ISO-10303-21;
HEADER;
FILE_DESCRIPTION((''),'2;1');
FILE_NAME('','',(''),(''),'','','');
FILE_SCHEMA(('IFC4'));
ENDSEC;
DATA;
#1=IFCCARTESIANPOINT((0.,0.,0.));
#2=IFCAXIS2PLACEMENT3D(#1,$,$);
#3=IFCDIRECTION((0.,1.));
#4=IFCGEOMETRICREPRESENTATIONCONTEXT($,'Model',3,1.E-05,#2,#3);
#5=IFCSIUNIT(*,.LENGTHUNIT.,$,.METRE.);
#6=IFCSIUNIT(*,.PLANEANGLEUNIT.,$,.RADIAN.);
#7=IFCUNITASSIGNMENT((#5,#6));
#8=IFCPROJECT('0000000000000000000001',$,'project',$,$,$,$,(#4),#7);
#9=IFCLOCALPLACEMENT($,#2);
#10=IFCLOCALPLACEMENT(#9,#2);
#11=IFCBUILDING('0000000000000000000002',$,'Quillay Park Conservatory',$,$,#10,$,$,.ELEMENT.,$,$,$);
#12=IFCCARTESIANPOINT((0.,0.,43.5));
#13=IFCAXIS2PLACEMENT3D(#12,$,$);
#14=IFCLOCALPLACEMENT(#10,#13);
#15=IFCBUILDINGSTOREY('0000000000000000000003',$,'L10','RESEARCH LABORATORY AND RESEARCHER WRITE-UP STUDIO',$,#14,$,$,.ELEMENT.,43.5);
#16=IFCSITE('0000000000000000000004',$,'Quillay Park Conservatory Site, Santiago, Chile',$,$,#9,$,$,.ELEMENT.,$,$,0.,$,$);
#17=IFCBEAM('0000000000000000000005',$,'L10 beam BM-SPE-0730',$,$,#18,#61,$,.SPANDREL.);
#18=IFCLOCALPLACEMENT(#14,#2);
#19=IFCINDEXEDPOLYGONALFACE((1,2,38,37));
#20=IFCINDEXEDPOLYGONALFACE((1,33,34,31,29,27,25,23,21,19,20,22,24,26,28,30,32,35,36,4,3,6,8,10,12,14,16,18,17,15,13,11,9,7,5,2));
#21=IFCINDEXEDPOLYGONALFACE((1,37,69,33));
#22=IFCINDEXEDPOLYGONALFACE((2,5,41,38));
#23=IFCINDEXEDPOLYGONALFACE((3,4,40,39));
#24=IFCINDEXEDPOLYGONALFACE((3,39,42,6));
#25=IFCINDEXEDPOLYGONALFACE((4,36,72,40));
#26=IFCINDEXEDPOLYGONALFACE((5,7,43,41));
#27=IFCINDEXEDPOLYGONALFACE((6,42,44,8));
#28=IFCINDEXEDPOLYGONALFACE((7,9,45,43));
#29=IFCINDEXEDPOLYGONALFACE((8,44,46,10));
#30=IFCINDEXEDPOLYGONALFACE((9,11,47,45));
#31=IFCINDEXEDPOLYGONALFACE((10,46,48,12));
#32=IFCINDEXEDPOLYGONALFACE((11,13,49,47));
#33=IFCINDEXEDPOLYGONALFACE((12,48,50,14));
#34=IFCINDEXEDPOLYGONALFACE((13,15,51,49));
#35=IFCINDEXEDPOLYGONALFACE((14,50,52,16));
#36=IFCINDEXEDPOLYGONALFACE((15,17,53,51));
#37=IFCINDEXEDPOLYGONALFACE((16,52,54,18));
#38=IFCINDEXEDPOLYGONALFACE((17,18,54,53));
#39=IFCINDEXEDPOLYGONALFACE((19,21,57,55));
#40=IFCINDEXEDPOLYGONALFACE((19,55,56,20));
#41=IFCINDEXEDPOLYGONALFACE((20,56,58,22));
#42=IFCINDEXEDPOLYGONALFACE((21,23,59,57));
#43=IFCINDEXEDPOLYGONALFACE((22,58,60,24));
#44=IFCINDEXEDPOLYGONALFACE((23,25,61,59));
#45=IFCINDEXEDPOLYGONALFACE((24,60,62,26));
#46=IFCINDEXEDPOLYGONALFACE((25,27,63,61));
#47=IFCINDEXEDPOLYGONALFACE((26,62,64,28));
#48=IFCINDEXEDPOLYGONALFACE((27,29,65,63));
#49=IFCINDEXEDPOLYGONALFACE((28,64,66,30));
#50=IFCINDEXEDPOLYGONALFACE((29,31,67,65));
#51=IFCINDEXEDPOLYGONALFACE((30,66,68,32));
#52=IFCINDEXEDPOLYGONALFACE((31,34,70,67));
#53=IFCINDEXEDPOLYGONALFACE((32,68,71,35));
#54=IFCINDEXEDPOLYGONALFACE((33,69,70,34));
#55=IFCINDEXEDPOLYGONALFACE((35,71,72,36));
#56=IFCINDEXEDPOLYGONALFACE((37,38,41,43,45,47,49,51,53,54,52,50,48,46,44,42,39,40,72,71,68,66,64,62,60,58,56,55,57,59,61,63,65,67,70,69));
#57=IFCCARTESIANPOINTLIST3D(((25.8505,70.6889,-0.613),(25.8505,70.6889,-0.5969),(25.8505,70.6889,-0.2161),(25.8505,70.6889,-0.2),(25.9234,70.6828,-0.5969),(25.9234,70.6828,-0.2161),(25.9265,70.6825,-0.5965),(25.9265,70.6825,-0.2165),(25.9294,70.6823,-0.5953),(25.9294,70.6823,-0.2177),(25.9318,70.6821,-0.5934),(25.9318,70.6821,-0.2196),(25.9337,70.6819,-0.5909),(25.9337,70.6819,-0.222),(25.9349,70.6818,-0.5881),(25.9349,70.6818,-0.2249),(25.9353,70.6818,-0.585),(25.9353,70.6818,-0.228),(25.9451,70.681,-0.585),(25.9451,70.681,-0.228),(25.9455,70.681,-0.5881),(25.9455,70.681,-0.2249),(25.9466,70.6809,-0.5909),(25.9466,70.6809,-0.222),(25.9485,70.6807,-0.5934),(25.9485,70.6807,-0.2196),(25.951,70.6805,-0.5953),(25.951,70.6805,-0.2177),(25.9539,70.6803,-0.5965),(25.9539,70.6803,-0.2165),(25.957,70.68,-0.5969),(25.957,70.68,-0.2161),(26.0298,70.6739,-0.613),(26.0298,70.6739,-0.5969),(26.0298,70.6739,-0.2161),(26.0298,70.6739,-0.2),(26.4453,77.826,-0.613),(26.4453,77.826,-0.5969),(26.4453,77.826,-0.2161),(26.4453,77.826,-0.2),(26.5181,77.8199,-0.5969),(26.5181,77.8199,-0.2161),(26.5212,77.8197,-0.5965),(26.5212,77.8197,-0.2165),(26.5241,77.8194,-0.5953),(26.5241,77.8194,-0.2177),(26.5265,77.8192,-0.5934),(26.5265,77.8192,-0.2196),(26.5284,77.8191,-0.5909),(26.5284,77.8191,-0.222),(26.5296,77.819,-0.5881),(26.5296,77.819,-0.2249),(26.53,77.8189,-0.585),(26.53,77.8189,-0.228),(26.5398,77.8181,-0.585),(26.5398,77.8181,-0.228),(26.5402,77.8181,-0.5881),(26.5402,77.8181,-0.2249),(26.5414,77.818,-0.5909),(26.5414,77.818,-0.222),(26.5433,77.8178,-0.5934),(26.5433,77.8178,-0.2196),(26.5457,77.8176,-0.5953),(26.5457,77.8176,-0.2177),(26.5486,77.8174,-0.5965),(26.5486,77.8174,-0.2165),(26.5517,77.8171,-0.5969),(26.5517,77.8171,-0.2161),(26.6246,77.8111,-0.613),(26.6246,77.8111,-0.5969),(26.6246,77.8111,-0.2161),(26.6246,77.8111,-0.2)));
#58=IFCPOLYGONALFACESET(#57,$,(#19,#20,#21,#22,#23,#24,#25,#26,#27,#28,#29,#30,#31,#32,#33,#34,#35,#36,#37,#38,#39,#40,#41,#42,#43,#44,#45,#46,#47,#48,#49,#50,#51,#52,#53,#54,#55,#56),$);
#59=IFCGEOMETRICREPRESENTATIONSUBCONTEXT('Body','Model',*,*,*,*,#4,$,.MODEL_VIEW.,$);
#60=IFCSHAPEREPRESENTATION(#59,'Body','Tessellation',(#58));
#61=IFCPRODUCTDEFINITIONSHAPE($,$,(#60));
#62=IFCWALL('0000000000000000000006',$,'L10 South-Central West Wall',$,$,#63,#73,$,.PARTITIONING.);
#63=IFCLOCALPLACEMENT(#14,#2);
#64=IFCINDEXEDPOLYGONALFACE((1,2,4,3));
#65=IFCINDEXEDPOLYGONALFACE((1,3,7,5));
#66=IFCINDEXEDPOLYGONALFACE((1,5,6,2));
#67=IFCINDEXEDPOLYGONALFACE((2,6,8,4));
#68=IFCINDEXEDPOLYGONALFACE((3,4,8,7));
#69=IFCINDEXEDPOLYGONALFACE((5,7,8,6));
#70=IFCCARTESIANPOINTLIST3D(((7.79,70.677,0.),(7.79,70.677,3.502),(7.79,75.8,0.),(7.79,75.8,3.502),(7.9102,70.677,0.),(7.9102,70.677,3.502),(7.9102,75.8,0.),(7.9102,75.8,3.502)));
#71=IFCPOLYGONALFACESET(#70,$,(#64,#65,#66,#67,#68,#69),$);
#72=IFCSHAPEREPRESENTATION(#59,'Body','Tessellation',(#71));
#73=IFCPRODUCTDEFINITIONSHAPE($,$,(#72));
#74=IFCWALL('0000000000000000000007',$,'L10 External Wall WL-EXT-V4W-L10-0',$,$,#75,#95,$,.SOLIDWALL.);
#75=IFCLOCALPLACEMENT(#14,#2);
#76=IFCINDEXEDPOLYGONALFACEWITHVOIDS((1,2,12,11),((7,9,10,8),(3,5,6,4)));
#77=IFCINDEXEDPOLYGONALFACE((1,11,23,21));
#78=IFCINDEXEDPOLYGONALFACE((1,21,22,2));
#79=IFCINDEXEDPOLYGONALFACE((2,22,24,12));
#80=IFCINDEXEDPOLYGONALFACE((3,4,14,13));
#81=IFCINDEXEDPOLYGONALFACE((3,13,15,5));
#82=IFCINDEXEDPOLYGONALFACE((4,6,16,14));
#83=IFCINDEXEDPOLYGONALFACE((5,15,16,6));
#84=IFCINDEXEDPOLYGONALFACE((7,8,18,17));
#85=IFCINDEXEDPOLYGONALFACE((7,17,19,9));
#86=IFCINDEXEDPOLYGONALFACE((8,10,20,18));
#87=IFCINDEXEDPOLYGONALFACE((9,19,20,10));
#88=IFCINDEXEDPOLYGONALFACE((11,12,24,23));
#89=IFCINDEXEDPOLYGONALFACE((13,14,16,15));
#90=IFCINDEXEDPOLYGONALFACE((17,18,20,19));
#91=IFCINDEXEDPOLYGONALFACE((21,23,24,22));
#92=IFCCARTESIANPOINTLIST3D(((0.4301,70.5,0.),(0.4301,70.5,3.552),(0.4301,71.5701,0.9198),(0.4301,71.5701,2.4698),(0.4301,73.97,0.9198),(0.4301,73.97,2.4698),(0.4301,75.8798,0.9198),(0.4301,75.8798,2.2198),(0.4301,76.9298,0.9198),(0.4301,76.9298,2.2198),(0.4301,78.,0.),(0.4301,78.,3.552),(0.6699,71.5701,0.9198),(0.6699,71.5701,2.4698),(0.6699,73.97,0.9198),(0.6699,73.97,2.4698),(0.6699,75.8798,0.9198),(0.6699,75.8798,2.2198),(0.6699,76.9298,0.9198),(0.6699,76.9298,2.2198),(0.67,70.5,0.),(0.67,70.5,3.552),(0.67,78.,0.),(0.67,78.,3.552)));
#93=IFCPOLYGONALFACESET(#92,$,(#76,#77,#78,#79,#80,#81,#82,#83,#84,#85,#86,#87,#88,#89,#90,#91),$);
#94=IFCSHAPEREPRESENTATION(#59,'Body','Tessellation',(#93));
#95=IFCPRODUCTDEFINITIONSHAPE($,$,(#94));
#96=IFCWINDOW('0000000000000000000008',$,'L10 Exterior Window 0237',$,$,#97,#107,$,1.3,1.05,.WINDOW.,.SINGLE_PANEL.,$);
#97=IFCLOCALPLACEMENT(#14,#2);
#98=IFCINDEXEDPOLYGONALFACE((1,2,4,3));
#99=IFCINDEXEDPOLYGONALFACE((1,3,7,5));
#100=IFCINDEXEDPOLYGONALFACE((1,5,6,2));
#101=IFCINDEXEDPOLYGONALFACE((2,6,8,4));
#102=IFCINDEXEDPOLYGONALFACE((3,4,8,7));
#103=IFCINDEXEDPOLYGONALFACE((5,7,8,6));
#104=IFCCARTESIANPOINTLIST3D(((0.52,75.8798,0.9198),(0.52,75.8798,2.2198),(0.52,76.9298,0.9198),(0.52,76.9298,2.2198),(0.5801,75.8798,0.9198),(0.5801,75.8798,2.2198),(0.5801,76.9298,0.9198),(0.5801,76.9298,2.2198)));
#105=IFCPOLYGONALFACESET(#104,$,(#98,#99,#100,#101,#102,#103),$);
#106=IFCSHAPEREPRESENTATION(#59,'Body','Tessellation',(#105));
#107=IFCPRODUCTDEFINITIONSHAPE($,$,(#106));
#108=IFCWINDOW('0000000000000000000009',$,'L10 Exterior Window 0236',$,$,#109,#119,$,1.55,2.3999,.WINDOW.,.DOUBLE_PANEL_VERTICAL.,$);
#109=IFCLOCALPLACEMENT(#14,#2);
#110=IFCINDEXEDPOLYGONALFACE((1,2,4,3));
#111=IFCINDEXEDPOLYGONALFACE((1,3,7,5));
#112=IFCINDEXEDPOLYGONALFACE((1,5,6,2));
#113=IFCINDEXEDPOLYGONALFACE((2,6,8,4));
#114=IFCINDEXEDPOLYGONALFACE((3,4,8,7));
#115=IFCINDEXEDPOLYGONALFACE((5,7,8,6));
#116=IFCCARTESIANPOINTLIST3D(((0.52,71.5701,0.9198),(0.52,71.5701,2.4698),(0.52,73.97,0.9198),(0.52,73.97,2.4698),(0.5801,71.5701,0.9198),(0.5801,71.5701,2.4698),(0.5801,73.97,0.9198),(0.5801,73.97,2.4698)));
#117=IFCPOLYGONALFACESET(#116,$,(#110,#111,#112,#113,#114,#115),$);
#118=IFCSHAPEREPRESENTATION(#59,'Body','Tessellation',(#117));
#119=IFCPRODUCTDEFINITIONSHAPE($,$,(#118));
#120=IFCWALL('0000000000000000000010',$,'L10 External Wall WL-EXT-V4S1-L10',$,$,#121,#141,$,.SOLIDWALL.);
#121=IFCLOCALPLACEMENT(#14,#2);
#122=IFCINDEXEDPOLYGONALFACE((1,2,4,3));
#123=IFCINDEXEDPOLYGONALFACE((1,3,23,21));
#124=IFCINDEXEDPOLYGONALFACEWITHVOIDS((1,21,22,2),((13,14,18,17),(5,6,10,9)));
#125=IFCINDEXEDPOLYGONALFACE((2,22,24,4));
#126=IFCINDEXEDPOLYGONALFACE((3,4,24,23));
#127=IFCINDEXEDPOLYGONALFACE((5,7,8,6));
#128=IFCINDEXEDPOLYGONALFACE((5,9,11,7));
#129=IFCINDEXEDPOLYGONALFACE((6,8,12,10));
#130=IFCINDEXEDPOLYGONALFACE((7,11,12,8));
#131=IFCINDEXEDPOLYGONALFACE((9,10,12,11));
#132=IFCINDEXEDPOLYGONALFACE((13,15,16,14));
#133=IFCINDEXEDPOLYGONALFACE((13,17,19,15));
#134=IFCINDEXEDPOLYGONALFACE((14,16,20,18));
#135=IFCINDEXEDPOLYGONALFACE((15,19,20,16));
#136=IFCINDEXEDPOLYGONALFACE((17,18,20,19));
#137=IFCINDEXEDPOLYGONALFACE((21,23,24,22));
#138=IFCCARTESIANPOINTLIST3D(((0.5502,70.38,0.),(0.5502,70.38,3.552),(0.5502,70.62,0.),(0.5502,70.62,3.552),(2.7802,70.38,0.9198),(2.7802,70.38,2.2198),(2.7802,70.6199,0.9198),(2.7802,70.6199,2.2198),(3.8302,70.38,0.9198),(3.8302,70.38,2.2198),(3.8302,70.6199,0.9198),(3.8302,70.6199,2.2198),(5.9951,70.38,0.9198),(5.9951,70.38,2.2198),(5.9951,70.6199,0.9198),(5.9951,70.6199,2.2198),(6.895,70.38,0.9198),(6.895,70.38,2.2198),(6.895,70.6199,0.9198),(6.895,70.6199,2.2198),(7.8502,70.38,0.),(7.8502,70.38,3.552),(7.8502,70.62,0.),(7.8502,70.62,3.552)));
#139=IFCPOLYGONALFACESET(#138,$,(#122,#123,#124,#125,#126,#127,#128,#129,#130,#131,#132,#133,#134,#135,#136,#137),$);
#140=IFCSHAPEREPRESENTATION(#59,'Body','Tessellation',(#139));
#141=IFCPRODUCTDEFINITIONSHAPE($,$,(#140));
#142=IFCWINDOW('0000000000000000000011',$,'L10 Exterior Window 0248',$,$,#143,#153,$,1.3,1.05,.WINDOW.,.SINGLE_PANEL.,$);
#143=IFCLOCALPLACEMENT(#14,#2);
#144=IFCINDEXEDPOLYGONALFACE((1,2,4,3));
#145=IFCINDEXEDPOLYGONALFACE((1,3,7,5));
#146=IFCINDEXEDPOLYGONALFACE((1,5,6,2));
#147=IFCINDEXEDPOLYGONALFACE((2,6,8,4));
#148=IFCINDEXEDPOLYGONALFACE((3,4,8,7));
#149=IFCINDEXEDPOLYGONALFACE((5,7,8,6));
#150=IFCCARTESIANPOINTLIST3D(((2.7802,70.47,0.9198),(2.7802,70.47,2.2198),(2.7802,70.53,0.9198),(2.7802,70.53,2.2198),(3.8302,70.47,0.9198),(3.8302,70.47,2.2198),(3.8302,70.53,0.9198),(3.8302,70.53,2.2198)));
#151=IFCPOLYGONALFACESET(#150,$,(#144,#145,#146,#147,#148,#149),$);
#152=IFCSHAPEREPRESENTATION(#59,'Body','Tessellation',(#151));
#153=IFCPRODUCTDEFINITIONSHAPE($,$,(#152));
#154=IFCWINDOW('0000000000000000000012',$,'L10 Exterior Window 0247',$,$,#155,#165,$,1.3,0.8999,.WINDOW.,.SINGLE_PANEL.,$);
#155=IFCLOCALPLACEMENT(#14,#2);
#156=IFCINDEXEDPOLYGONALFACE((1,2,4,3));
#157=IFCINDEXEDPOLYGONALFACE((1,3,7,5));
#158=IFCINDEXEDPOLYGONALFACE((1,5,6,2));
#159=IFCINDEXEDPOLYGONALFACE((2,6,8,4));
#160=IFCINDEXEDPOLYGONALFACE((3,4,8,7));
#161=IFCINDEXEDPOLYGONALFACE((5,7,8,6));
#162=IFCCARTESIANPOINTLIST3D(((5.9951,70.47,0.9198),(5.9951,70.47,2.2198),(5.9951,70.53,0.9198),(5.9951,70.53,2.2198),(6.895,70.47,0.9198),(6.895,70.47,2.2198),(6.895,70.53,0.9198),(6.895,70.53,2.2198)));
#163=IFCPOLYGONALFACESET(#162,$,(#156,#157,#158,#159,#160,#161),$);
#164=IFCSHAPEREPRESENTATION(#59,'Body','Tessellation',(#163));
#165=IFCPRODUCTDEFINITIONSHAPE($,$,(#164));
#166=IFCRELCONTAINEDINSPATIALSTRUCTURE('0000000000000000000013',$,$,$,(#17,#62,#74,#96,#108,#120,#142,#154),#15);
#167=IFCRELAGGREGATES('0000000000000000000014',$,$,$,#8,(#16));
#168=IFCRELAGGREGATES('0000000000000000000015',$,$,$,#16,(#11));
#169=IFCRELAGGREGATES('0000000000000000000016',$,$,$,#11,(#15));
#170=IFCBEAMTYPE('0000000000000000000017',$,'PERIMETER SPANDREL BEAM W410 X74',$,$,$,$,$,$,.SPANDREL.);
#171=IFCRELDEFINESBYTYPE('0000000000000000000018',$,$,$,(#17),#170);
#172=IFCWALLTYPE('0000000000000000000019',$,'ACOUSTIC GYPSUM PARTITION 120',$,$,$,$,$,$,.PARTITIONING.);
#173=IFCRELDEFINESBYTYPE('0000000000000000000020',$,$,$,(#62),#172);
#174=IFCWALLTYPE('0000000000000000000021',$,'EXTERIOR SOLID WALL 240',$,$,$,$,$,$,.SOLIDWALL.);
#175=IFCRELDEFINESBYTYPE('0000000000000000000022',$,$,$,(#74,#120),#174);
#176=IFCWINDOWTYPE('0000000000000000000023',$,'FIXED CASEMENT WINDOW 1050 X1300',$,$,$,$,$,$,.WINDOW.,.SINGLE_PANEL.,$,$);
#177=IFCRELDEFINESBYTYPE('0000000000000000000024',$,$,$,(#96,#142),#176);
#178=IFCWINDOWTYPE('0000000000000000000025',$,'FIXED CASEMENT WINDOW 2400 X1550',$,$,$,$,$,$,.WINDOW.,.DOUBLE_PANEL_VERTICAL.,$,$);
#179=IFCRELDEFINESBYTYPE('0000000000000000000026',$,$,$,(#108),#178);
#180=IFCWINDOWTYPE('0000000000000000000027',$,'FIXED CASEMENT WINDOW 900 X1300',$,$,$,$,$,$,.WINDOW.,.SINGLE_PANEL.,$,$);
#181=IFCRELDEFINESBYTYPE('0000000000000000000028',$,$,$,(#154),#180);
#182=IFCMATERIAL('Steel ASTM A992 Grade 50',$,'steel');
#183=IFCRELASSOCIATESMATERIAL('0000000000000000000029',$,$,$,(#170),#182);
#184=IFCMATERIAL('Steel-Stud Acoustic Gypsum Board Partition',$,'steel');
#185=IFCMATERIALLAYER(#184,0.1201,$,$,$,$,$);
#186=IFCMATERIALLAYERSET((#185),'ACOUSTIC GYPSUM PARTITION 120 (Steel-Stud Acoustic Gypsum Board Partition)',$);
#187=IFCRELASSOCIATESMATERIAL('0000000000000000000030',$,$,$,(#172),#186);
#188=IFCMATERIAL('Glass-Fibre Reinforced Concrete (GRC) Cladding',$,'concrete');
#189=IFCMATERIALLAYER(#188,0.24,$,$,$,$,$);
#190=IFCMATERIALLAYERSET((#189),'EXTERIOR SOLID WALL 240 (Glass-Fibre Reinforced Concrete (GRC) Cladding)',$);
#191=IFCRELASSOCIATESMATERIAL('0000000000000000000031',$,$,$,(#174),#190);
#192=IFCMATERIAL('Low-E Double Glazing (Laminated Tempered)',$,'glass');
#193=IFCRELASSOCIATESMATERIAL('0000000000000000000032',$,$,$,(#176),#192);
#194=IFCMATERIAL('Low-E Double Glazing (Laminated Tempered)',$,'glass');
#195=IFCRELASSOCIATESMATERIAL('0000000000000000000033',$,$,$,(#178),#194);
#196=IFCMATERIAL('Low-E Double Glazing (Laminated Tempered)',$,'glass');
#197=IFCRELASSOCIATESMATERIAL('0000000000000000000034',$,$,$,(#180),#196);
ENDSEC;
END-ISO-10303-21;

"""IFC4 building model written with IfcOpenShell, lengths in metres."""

from ifc_helpers import new_model, si_unit, direction, frame, frame_2d, origin, origin_2d, place, context, subcontext, project, spatial, rectangle, i_section, extrude, material, layer, layer_set, material_profile, profile_set, type_object, element, fill, save


model = new_model("IFC4")

# Units and contexts
model_context = context("Model", 3, precision=1e-05, world=origin(), true_north=direction((0.0, 1.0)))
body_context = subcontext(model_context, "Body", "Model", "MODEL_VIEW")
ifc_project = project(units=[si_unit("LENGTHUNIT", "METRE"), si_unit("PLANEANGLEUNIT", "RADIAN")], contexts=[model_context])

# Site, building, storey
site_placement = place(None, origin())
site = spatial("IfcSite", under=ifc_project, at=site_placement, Name="Quillay Park Conservatory Site, Santiago, Chile", CompositionType="ELEMENT", RefElevation=0.0)
building_placement = place(site_placement, origin())
building = spatial("IfcBuilding", under=site, at=building_placement, Name="Quillay Park Conservatory", CompositionType="ELEMENT")
storey_placement = place(building_placement, frame((0.0, 0.0, 43.5)))
storey = spatial("IfcBuildingStorey", under=building, at=storey_placement, Name="L10", Description="RESEARCH LABORATORY AND RESEARCHER WRITE-UP STUDIO", CompositionType="ELEMENT", Elevation=43.5)

# Beam
ifc_material_1 = material(Name="Steel ASTM A992 Grade 50", Category="steel")
ifc_material_profile_1 = material_profile(ifc_material_1, i_section(OverallWidth=0.1799, OverallDepth=0.4131, WebThickness=0.0098, FlangeThickness=0.0161, FilletRadius=0.012, at=origin_2d()), Name="W410x74")
ifc_profile_set_1 = profile_set([ifc_material_profile_1], Name="Steel ASTM A992 Grade 50")
beam_type = type_object("IfcBeamType", Name="PERIMETER SPANDREL BEAM W410 X74", PredefinedType="SPANDREL", material=ifc_profile_set_1)
beam_1_placement = place(storey_placement, frame((25.9402, 70.6814, -0.4065), z_axis=(0.08304, 0.996546, 0.0), x_axis=(-0.996546, 0.08304, 0.0)))
element("IfcBeam", 1, at=beam_1_placement, inside=storey, type_object=beam_type, Name="L10 beam BM-SPE-0730", PredefinedType="SPANDREL", context=body_context, shape_type="SweptSolid", body=[
    extrude(i_section(OverallWidth=0.1799, OverallDepth=0.4131, WebThickness=0.0098, FlangeThickness=0.0161, FilletRadius=0.012, at=origin_2d()), origin(), (0.0, 0.0, 1.0), 7.1619),
])

# Wall
ifc_material_2 = material(Name="Steel-Stud Acoustic Gypsum Board Partition", Category="steel")
ifc_layer_1 = layer(ifc_material_2, 0.1201)
ifc_layer_set_1 = layer_set([ifc_layer_1], Name="ACOUSTIC GYPSUM PARTITION 120 (Steel-Stud Acoustic Gypsum Board Partition)")
wall_type_1 = type_object("IfcWallType", Name="ACOUSTIC GYPSUM PARTITION 120", PredefinedType="PARTITIONING", material=ifc_layer_set_1)
wall_1_placement = place(storey_placement, frame((7.8501, 70.677, 0.0), z_axis=(0.0, 0.0, 1.0), x_axis=(0.0, 1.0, 0.0)))
element("IfcWall", 2, at=wall_1_placement, inside=storey, type_object=wall_type_1, Name="L10 South-Central West Wall", PredefinedType="PARTITIONING", context=body_context, shape_type="SweptSolid", body=[
    extrude(rectangle(XDim=5.123, YDim=0.1201, at=frame_2d((2.5615, 0.0))), origin(), (0.0, 0.0, 1.0), 3.502),
])

# Walls, openings, windows
ifc_material_3 = material(Name="Glass-Fibre Reinforced Concrete (GRC) Cladding", Category="concrete")
ifc_layer_2 = layer(ifc_material_3, 0.24)
ifc_layer_set_2 = layer_set([ifc_layer_2], Name="EXTERIOR SOLID WALL 240 (Glass-Fibre Reinforced Concrete (GRC) Cladding)")
wall_type_2 = type_object("IfcWallType", Name="EXTERIOR SOLID WALL 240", PredefinedType="SOLIDWALL", material=ifc_layer_set_2)
wall_2_placement = place(storey_placement, frame((0.55, 70.5, 0.0), z_axis=(0.0, 0.0, 1.0), x_axis=(0.0, 1.0, 0.0)))
wall_2 = element("IfcWall", 3, at=wall_2_placement, inside=storey, type_object=wall_type_2, Name="L10 External Wall WL-EXT-V4W-L10-0", PredefinedType="SOLIDWALL", context=body_context, shape_type="SweptSolid", body=[
    extrude(rectangle(XDim=7.5, YDim=0.24, at=frame_2d((3.75, 0.0))), origin(), (0.0, 0.0, 1.0), 3.552),
])
opening_1_placement = place(wall_2_placement, frame((1.0701, 0.0, 0.9199)))
opening_1 = element("IfcOpeningElement", 4, at=opening_1_placement, cuts=wall_2, PredefinedType="OPENING", context=body_context, shape_type="SweptSolid", body=[
    extrude(rectangle(XDim=2.3999, YDim=1.55, at=frame_2d((1.2, 0.7749))), frame((0.0, 0.1201, 0.0), z_axis=(0.0, -1.0, 0.0), x_axis=(1.0, 0.0, 0.0)), (0.0, 0.0, 1.0), 0.24),
])
opening_2_placement = place(wall_2_placement, frame((5.3799, 0.0, 0.9199)))
opening_2 = element("IfcOpeningElement", 5, at=opening_2_placement, cuts=wall_2, PredefinedType="OPENING", context=body_context, shape_type="SweptSolid", body=[
    extrude(rectangle(XDim=1.05, YDim=1.3, at=frame_2d((0.5249, 0.6499))), frame((0.0, 0.1201, 0.0), z_axis=(0.0, -1.0, 0.0), x_axis=(1.0, 0.0, 0.0)), (0.0, 0.0, 1.0), 0.24),
])
ifc_material_4 = material(Name="Low-E Double Glazing (Laminated Tempered)", Category="glass")
window_type_1 = type_object("IfcWindowType", Name="FIXED CASEMENT WINDOW 1050 X1300", PartitioningType="SINGLE_PANEL", PredefinedType="WINDOW", material=ifc_material_4)
window_1_placement = place(opening_2_placement, origin())
window_1 = element("IfcWindow", 6, at=window_1_placement, inside=storey, type_object=window_type_1, Name="L10 Exterior Window 0237", OverallHeight=1.3, OverallWidth=1.05, PartitioningType="SINGLE_PANEL", PredefinedType="WINDOW", context=body_context, shape_type="SweptSolid", body=[
    extrude(rectangle(XDim=1.05, YDim=1.3, at=frame_2d((0.5249, 0.6499))), frame((0.0, 0.03, 0.0), z_axis=(0.0, -1.0, 0.0), x_axis=(1.0, 0.0, 0.0)), (0.0, 0.0, 1.0), 0.0601),
])
fill(opening_2, window_1)
ifc_material_5 = material(Name="Low-E Double Glazing (Laminated Tempered)", Category="glass")
window_type_2 = type_object("IfcWindowType", Name="FIXED CASEMENT WINDOW 2400 X1550", PartitioningType="DOUBLE_PANEL_VERTICAL", PredefinedType="WINDOW", material=ifc_material_5)
window_2_placement = place(opening_1_placement, origin())
window_2 = element("IfcWindow", 7, at=window_2_placement, inside=storey, type_object=window_type_2, Name="L10 Exterior Window 0236", OverallHeight=1.55, OverallWidth=2.3999, PartitioningType="DOUBLE_PANEL_VERTICAL", PredefinedType="WINDOW", context=body_context, shape_type="SweptSolid", body=[
    extrude(rectangle(XDim=2.3999, YDim=1.55, at=frame_2d((1.2, 0.7749))), frame((0.0, 0.03, 0.0), z_axis=(0.0, -1.0, 0.0), x_axis=(1.0, 0.0, 0.0)), (0.0, 0.0, 1.0), 0.0601),
])
fill(opening_1, window_2)
wall_3_placement = place(storey_placement, frame((7.8501, 70.5, 0.0), z_axis=(0.0, 0.0, 1.0), x_axis=(-1.0, 0.0, 0.0)))
wall_3 = element("IfcWall", 8, at=wall_3_placement, inside=storey, type_object=wall_type_2, Name="L10 External Wall WL-EXT-V4S1-L10", PredefinedType="SOLIDWALL", context=body_context, shape_type="SweptSolid", body=[
    extrude(rectangle(XDim=7.3, YDim=0.24, at=frame_2d((3.6499, 0.0))), origin(), (0.0, 0.0, 1.0), 3.552),
])
opening_3_placement = place(wall_3_placement, frame((0.9551, 0.0, 0.9199)))
opening_3 = element("IfcOpeningElement", 9, at=opening_3_placement, cuts=wall_3, PredefinedType="OPENING", context=body_context, shape_type="SweptSolid", body=[
    extrude(rectangle(XDim=0.8999, YDim=1.3, at=frame_2d((0.45, 0.6499))), frame((0.0, 0.1201, 0.0), z_axis=(0.0, -1.0, 0.0), x_axis=(1.0, 0.0, 0.0)), (0.0, 0.0, 1.0), 0.24),
])
opening_4_placement = place(wall_3_placement, frame((4.02, 0.0, 0.9199)))
opening_4 = element("IfcOpeningElement", 10, at=opening_4_placement, cuts=wall_3, PredefinedType="OPENING", context=body_context, shape_type="SweptSolid", body=[
    extrude(rectangle(XDim=1.05, YDim=1.3, at=frame_2d((0.5249, 0.6499))), frame((0.0, 0.1201, 0.0), z_axis=(0.0, -1.0, 0.0), x_axis=(1.0, 0.0, 0.0)), (0.0, 0.0, 1.0), 0.24),
])
window_3_placement = place(opening_4_placement, origin())
window_3 = element("IfcWindow", 11, at=window_3_placement, inside=storey, type_object=window_type_1, Name="L10 Exterior Window 0248", OverallHeight=1.3, OverallWidth=1.05, PartitioningType="SINGLE_PANEL", PredefinedType="WINDOW", context=body_context, shape_type="SweptSolid", body=[
    extrude(rectangle(XDim=1.05, YDim=1.3, at=frame_2d((0.5249, 0.6499))), frame((0.0, 0.03, 0.0), z_axis=(0.0, -1.0, 0.0), x_axis=(1.0, 0.0, 0.0)), (0.0, 0.0, 1.0), 0.0601),
])
fill(opening_4, window_3)
ifc_material_6 = material(Name="Low-E Double Glazing (Laminated Tempered)", Category="glass")
window_type_3 = type_object("IfcWindowType", Name="FIXED CASEMENT WINDOW 900 X1300", PartitioningType="SINGLE_PANEL", PredefinedType="WINDOW", material=ifc_material_6)
window_4_placement = place(opening_3_placement, origin())
window_4 = element("IfcWindow", 12, at=window_4_placement, inside=storey, type_object=window_type_3, Name="L10 Exterior Window 0247", OverallHeight=1.3, OverallWidth=0.8999, PartitioningType="SINGLE_PANEL", PredefinedType="WINDOW", context=body_context, shape_type="SweptSolid", body=[
    extrude(rectangle(XDim=0.8999, YDim=1.3, at=frame_2d((0.45, 0.6499))), frame((0.0, 0.03, 0.0), z_axis=(0.0, -1.0, 0.0), x_axis=(1.0, 0.0, 0.0)), (0.0, 0.0, 1.0), 0.0601),
])
fill(opening_3, window_4)

save(model, "model.ifc")
